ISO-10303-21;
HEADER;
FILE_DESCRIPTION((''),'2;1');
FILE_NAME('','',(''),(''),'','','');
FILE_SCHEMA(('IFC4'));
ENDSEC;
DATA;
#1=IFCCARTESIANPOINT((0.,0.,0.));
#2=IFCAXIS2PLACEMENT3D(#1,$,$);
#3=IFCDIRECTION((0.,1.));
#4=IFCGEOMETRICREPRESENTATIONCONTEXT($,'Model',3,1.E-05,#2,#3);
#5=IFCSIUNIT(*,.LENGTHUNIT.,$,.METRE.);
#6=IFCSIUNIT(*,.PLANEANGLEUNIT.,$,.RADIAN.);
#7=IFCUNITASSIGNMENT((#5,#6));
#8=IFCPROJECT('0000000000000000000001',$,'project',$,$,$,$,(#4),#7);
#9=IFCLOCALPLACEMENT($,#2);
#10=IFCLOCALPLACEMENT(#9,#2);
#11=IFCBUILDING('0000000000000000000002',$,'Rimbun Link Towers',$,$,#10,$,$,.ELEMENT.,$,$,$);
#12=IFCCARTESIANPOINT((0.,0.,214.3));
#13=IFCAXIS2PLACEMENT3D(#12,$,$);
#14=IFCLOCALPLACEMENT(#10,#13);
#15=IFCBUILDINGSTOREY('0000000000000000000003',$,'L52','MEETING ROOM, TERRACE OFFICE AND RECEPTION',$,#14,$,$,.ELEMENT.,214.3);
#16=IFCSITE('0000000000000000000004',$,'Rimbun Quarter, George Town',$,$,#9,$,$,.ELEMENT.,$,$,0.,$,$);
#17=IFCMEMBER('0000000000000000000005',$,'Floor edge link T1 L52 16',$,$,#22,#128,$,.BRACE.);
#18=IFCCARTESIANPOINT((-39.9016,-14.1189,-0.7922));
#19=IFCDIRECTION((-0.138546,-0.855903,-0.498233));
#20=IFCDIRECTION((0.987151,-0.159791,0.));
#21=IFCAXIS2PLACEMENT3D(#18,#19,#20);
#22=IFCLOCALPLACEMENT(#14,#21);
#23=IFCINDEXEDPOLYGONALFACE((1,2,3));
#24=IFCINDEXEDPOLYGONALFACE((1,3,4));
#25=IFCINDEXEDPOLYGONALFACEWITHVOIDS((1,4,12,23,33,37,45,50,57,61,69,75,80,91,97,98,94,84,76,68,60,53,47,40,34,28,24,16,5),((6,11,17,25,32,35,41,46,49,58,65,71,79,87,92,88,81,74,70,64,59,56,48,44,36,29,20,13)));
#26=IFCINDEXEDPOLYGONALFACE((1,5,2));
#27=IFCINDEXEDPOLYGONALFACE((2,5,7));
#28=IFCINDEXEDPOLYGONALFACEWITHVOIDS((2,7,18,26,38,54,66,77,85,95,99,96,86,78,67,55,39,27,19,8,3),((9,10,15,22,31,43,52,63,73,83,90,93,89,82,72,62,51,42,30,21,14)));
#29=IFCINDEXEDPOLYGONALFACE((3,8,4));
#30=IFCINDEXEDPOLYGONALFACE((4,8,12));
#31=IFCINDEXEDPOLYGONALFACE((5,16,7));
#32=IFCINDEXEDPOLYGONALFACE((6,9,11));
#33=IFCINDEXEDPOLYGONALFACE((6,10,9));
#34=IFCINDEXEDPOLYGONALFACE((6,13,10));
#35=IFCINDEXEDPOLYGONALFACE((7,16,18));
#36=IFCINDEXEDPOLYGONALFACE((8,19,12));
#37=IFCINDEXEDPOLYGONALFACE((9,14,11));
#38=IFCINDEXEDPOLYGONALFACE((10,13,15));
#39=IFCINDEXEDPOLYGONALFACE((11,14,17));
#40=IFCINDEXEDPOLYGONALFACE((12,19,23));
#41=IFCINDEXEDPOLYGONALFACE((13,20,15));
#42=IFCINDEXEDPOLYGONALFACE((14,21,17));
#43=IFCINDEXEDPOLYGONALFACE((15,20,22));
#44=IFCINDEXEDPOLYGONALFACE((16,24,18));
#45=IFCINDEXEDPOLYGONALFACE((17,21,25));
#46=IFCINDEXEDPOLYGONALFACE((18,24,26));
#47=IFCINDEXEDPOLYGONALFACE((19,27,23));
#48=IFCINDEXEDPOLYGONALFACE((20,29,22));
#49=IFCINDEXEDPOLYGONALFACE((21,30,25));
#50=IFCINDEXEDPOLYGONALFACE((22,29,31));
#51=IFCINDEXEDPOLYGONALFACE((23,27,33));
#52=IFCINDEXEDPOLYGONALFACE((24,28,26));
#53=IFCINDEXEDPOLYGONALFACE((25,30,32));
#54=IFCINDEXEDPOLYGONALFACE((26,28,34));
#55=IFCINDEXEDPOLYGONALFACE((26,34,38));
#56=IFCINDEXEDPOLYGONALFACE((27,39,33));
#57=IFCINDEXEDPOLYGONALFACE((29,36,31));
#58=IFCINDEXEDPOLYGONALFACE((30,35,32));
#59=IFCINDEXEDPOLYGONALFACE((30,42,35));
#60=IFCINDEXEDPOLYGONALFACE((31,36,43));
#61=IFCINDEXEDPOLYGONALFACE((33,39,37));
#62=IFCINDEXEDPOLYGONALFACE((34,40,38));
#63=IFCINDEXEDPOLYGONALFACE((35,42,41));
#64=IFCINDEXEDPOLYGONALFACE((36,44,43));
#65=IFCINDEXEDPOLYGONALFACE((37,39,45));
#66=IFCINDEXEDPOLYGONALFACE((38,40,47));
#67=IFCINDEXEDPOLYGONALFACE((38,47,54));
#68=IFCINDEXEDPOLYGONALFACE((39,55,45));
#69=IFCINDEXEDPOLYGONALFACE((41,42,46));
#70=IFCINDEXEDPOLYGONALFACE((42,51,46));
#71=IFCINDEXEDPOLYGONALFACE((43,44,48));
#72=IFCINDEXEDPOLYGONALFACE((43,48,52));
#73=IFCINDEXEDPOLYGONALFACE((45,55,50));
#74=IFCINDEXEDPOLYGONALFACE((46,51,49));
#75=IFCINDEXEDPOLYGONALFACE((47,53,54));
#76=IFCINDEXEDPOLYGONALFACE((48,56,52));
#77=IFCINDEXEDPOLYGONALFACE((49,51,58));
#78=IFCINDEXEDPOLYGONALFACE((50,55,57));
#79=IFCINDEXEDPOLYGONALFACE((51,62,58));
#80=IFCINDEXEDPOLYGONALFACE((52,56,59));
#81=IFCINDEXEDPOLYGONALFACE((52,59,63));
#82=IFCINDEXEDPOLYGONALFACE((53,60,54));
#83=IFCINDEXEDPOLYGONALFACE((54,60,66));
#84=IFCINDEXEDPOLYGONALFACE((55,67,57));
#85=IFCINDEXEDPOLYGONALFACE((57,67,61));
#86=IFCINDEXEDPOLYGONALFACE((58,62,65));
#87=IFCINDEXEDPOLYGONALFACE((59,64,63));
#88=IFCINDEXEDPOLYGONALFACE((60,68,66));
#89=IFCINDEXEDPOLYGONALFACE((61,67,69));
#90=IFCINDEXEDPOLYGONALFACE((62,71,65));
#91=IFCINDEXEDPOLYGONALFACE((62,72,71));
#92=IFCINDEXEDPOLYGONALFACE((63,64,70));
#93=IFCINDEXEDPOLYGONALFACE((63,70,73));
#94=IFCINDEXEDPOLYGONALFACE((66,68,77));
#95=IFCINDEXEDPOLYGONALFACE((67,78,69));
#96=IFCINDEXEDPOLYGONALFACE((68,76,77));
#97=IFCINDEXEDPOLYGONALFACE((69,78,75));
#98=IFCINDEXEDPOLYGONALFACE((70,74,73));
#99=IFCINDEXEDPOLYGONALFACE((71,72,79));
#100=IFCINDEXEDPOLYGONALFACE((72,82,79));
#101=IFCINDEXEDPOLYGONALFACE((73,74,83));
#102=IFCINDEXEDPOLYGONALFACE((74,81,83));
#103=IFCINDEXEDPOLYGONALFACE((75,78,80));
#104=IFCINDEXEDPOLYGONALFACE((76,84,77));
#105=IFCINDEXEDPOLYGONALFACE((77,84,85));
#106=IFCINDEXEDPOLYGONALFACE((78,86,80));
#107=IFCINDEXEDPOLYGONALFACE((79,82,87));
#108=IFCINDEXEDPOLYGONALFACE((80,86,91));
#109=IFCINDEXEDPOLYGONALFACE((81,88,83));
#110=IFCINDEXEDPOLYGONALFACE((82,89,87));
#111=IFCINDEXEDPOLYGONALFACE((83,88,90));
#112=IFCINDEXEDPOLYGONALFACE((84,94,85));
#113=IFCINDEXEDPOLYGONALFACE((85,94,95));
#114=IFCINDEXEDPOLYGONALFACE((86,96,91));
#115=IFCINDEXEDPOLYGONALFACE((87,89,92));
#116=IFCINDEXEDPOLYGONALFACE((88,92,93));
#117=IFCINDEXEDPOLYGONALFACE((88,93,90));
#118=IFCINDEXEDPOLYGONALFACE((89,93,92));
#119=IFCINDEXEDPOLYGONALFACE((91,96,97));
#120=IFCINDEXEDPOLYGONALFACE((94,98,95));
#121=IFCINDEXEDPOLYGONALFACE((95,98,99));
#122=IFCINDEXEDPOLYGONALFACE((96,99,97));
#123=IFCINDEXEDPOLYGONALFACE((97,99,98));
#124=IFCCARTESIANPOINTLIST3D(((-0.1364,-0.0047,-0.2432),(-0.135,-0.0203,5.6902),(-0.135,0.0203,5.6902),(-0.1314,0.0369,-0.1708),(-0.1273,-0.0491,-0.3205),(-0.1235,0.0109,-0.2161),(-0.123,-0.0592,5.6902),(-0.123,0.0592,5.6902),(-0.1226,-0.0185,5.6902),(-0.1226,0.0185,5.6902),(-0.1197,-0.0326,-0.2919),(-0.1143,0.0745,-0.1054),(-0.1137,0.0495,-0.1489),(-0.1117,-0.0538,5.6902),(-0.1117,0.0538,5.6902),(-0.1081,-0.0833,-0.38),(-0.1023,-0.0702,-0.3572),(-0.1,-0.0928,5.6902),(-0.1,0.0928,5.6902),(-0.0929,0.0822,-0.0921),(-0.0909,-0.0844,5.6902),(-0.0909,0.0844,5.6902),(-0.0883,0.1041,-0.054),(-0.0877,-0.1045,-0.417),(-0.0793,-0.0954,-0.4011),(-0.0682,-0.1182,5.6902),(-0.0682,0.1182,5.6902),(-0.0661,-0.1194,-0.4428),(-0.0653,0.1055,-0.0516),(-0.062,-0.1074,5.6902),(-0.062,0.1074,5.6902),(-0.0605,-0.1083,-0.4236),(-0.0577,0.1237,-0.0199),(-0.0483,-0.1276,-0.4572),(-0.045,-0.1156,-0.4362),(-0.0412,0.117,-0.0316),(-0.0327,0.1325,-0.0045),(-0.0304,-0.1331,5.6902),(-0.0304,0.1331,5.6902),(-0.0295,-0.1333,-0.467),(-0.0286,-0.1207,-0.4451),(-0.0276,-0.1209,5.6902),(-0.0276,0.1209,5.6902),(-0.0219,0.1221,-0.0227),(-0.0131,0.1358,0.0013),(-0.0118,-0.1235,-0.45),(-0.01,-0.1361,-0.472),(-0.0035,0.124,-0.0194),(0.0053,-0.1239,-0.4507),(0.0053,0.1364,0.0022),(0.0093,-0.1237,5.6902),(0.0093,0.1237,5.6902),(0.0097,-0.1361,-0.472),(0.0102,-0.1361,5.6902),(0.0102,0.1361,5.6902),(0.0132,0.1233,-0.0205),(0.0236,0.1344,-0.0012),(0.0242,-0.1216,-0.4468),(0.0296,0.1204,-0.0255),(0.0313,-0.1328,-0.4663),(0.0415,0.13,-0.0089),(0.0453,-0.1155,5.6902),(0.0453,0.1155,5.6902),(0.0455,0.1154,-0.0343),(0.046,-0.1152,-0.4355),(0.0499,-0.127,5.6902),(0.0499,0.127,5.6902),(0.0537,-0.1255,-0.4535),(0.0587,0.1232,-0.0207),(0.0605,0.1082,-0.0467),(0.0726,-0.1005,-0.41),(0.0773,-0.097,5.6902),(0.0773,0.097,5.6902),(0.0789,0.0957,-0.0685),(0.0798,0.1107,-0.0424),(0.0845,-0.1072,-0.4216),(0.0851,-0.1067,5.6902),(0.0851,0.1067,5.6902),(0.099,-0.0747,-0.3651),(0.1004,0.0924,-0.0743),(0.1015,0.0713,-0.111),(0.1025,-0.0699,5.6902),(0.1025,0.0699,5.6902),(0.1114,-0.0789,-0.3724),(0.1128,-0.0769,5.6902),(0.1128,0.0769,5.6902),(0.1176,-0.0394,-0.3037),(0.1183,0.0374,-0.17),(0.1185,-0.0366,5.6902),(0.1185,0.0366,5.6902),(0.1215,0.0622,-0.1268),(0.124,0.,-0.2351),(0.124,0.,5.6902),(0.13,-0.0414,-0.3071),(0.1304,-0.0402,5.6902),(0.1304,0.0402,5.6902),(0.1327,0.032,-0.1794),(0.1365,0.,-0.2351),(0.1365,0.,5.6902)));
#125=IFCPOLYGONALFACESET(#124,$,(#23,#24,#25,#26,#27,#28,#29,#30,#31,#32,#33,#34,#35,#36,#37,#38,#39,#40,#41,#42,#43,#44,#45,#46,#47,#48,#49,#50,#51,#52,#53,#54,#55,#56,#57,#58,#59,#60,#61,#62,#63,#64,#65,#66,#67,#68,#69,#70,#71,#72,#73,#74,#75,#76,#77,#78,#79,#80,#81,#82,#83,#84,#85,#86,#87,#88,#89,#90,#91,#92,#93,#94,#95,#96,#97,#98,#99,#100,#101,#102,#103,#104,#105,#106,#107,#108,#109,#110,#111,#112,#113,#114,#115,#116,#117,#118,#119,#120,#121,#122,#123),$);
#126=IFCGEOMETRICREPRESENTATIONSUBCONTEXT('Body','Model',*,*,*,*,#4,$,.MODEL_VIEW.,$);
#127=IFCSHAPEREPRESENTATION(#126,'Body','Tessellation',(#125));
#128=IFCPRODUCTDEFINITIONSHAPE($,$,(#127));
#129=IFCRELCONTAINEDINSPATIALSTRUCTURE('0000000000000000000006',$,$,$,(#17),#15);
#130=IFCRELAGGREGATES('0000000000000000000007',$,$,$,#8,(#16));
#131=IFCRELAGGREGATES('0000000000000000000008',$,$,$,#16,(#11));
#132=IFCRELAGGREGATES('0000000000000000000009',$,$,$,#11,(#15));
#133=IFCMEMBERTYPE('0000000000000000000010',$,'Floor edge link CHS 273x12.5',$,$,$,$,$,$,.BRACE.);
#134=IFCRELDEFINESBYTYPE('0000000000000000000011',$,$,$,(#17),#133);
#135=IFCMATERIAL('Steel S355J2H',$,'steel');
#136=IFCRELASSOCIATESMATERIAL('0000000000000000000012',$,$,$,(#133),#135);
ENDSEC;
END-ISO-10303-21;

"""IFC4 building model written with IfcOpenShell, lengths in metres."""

from ifc_helpers import new_model, si_unit, direction, frame, origin, origin_2d, place, context, subcontext, project, spatial, hollow_circle, extrude, clip, halfspace, material, material_profile, profile_set, type_object, element, save


model = new_model("IFC4")

# Units and contexts
model_context = context("Model", 3, precision=1e-05, world=origin(), true_north=direction((0.0, 1.0)))
body_context = subcontext(model_context, "Body", "Model", "MODEL_VIEW")
ifc_project = project(units=[si_unit("LENGTHUNIT", "METRE"), si_unit("PLANEANGLEUNIT", "RADIAN")], contexts=[model_context])

# Site, building, storey
site_placement = place(None, origin())
site = spatial("IfcSite", under=ifc_project, at=site_placement, Name="Rimbun Quarter, George Town", CompositionType="ELEMENT", RefElevation=0.0)
building_placement = place(site_placement, origin())
building = spatial("IfcBuilding", under=site, at=building_placement, Name="Rimbun Link Towers", CompositionType="ELEMENT")
storey_placement = place(building_placement, frame((0.0, 0.0, 214.3)))
storey = spatial("IfcBuildingStorey", under=building, at=storey_placement, Name="L52", Description="MEETING ROOM, TERRACE OFFICE AND RECEPTION", CompositionType="ELEMENT", Elevation=214.3)

# Member
ifc_material_1 = material(Name="Steel S355J2H", Category="steel")
ifc_material_profile_1 = material_profile(ifc_material_1, hollow_circle(Radius=0.1365, WallThickness=0.0125, at=origin_2d()), Name="CHS 273x12.5")
ifc_profile_set_1 = profile_set([ifc_material_profile_1], Name="Steel S355J2H")
member_type = type_object("IfcMemberType", Name="Floor edge link CHS 273x12.5", PredefinedType="BRACE", material=ifc_profile_set_1)
member_1_placement = place(storey_placement, frame((-39.9016, -14.1189, -0.7922), z_axis=(-0.138546, -0.855903, -0.498233), x_axis=(0.987151, -0.159791, 0.0)))
element("IfcMember", 1, at=member_1_placement, inside=storey, type_object=member_type, Name="Floor edge link T1 L52 16", PredefinedType="BRACE", context=body_context, shape_type="Clipping", body=[
    clip(extrude(hollow_circle(Radius=0.1365, WallThickness=0.0125, at=origin_2d()), frame((0.0, 0.0, -0.4951)), (0.0, 0.0, 1.0), 6.1853), halfspace(frame((0.0, 0.0, -0.2351), z_axis=(0.0, 0.867043, -0.498233)), False)),
])

save(model, "model.ifc")
